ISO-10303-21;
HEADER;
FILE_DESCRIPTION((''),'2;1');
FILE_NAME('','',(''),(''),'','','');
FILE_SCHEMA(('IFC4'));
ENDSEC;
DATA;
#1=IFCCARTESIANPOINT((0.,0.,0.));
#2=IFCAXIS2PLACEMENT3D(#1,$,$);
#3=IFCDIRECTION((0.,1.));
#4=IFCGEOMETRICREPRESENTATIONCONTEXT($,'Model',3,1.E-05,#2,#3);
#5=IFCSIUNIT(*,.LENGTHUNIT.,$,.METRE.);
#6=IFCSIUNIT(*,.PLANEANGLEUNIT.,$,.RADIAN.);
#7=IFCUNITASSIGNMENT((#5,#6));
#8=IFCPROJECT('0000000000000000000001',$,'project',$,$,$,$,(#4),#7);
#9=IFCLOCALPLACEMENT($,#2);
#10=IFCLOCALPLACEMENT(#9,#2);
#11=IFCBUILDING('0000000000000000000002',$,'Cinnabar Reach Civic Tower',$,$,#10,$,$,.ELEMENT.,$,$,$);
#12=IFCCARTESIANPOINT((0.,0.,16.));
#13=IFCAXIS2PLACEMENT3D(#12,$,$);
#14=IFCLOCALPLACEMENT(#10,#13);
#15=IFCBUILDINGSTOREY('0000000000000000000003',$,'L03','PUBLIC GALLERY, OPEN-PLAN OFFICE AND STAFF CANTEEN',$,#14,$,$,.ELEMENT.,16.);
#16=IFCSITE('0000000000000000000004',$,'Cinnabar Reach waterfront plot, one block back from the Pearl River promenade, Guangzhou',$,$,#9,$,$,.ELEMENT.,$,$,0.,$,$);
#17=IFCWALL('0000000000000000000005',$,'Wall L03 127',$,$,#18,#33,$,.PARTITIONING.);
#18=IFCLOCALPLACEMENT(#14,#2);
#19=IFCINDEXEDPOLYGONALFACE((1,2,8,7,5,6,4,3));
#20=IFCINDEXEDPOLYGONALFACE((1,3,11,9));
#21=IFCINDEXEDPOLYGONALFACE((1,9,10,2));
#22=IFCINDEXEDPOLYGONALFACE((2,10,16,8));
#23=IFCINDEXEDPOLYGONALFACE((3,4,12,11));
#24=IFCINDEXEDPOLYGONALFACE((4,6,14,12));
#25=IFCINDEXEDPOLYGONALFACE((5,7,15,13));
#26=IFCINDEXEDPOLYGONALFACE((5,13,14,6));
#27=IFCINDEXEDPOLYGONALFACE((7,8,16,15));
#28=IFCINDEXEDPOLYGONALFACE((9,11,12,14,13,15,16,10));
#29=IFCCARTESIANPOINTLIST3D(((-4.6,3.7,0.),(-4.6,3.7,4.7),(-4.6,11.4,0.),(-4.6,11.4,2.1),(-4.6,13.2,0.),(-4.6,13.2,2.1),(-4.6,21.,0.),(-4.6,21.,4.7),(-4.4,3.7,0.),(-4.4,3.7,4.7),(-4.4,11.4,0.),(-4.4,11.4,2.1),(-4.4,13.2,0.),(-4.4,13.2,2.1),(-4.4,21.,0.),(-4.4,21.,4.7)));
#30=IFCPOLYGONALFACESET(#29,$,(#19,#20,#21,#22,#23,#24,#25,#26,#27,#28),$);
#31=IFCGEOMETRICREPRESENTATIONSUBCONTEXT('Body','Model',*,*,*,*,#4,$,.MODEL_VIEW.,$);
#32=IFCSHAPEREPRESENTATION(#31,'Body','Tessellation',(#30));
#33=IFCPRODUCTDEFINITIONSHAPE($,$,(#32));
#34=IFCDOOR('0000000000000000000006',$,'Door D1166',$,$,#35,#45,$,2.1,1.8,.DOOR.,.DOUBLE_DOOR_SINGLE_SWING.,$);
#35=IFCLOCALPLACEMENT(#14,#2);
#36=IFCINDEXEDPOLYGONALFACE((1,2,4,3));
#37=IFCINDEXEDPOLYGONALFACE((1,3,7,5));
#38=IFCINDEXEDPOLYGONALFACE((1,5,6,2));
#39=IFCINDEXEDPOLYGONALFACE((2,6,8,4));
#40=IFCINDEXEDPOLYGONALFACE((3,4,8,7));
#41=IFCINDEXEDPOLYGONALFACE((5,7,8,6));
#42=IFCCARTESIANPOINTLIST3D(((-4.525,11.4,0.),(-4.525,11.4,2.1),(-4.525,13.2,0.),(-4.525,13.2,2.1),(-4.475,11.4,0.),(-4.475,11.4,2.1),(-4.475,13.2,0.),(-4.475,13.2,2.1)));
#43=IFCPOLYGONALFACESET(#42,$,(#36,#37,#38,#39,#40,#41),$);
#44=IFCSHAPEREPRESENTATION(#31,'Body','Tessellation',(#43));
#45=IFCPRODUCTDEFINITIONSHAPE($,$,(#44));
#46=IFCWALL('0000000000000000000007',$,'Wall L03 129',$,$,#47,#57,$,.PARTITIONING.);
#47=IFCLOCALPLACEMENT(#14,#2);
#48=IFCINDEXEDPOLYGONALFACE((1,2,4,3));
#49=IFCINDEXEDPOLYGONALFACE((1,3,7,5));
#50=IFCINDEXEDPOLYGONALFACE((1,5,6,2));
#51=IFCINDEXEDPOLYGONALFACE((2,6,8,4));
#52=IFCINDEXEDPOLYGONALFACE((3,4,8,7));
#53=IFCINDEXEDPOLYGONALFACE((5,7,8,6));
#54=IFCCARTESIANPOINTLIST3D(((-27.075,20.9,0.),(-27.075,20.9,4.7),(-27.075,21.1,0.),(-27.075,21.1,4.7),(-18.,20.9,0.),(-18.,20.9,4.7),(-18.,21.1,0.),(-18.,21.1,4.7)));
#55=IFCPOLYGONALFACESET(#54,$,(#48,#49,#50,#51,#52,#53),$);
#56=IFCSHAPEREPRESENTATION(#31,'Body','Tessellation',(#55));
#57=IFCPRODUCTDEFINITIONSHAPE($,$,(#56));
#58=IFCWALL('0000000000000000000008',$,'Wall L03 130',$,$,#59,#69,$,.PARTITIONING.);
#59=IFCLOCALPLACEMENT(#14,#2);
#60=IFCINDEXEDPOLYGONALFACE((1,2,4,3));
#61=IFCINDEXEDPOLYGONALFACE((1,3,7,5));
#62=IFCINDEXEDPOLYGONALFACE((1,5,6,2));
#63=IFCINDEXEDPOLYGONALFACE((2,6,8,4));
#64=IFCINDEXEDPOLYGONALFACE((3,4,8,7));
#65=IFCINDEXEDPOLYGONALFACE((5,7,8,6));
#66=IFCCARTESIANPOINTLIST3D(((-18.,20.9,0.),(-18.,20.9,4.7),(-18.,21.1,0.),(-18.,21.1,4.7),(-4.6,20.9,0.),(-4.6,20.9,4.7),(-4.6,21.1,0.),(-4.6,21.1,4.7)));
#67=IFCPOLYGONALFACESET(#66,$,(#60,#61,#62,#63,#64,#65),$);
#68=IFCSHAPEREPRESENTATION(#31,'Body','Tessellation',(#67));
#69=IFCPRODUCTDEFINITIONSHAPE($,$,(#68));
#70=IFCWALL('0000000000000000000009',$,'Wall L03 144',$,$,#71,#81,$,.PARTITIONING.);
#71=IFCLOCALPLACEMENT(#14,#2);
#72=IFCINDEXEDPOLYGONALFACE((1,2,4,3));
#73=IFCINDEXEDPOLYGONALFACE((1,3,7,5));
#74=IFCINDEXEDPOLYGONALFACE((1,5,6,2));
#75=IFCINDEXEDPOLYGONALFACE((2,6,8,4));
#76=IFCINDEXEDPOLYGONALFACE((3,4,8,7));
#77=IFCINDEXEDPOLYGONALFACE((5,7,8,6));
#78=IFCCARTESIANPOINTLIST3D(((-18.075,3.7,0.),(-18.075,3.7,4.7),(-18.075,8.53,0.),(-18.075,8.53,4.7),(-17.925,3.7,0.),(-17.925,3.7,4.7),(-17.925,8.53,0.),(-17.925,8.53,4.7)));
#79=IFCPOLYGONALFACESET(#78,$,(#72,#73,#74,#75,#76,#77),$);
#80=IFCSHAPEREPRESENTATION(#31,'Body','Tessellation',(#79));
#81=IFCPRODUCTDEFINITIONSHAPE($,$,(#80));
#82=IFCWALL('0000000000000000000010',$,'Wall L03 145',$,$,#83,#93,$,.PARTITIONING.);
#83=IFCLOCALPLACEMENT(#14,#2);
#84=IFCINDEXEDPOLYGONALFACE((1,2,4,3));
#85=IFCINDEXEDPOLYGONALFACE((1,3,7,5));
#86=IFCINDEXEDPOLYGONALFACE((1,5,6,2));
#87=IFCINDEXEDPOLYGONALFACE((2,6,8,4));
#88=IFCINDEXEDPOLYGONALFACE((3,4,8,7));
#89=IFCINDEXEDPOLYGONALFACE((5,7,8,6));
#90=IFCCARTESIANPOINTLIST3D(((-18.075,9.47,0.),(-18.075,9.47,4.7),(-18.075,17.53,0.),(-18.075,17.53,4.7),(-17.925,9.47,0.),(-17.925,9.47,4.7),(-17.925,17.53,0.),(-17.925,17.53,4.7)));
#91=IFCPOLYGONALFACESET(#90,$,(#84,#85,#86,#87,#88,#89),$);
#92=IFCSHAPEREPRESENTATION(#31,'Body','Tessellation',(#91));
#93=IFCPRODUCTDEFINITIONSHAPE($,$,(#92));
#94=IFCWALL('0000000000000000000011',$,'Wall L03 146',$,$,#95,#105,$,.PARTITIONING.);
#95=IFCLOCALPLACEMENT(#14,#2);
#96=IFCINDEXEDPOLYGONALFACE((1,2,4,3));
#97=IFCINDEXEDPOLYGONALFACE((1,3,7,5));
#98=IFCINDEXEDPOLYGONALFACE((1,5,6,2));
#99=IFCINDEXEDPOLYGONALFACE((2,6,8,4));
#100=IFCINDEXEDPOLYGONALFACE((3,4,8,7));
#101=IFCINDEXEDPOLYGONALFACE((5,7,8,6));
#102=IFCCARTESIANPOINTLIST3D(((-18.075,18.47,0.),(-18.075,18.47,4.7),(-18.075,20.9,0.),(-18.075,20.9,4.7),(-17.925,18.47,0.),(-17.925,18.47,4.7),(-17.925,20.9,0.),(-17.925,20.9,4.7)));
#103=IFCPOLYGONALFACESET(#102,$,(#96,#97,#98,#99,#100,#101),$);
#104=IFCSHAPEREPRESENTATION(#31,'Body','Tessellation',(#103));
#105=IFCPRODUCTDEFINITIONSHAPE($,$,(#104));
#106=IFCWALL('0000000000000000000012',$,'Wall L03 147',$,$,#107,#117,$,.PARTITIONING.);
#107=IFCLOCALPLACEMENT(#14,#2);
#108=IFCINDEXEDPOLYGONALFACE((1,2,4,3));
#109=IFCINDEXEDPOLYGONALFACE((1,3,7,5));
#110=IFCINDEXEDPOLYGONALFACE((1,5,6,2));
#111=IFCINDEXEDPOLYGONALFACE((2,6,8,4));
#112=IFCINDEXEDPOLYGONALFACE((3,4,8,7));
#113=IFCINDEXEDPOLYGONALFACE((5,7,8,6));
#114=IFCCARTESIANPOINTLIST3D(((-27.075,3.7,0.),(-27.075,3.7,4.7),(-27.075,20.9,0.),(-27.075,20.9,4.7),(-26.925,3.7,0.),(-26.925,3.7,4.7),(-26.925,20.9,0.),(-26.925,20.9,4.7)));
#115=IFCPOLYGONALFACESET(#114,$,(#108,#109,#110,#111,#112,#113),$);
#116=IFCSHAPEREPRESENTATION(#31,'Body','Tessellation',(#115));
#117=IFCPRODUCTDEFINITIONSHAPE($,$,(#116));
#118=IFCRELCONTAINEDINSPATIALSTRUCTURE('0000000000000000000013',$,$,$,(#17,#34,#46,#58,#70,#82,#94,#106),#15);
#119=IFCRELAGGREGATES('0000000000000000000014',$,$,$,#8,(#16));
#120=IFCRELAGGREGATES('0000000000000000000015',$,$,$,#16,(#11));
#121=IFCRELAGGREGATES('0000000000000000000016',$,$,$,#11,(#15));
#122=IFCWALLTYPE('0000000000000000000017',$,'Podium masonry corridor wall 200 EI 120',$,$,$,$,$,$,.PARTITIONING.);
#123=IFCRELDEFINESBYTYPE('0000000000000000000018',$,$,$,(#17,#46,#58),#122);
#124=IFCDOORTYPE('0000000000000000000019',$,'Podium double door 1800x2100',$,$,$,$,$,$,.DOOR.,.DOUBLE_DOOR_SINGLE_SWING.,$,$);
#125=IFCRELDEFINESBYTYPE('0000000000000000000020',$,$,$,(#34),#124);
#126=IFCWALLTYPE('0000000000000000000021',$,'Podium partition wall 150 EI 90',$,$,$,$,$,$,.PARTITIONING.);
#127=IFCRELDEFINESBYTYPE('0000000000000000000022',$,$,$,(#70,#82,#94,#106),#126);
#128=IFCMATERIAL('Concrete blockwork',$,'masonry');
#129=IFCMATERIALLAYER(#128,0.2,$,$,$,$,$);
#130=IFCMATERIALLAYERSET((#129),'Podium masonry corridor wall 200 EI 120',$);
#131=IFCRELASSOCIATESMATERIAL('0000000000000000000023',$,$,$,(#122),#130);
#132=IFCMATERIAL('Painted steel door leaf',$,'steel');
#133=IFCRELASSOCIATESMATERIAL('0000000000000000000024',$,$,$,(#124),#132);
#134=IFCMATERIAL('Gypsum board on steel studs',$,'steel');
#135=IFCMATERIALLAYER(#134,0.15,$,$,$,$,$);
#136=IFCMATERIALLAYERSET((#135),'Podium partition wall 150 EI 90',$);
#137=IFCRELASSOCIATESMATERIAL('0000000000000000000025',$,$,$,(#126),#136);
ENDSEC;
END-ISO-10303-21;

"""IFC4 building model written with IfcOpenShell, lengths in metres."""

from ifc_helpers import new_model, si_unit, direction, frame, frame_2d, origin, place, context, subcontext, project, spatial, rectangle, extrude, material, layer, layer_set, type_object, element, fill, save


model = new_model("IFC4")

# Units and contexts
model_context = context("Model", 3, precision=1e-05, world=origin(), true_north=direction((0.0, 1.0)))
body_context = subcontext(model_context, "Body", "Model", "MODEL_VIEW")
ifc_project = project(units=[si_unit("LENGTHUNIT", "METRE"), si_unit("PLANEANGLEUNIT", "RADIAN")], contexts=[model_context])

# Site, building, storey
site_placement = place(None, origin())
site = spatial("IfcSite", under=ifc_project, at=site_placement, Name="Cinnabar Reach waterfront plot, one block back from the Pearl River promenade, Guangzhou", CompositionType="ELEMENT", RefElevation=0.0)
building_placement = place(site_placement, origin())
building = spatial("IfcBuilding", under=site, at=building_placement, Name="Cinnabar Reach Civic Tower", CompositionType="ELEMENT")
storey_placement = place(building_placement, frame((0.0, 0.0, 16.0)))
storey = spatial("IfcBuildingStorey", under=building, at=storey_placement, Name="L03", Description="PUBLIC GALLERY, OPEN-PLAN OFFICE AND STAFF CANTEEN", CompositionType="ELEMENT", Elevation=16.0)

# Shared definitions
ifc_material_1 = material(Name="Concrete blockwork", Category="masonry")
ifc_layer_1 = layer(ifc_material_1, 0.2)
ifc_layer_set_1 = layer_set([ifc_layer_1], Name="Podium masonry corridor wall 200 EI 120")
wall_type_1 = type_object("IfcWallType", Name="Podium masonry corridor wall 200 EI 120", PredefinedType="PARTITIONING", material=ifc_layer_set_1)

# Shared definitions
ifc_material_2 = material(Name="Painted steel door leaf", Category="steel")

# Wall, opening, door
wall_1_placement = place(storey_placement, frame((-4.5, 3.7, 0.0), z_axis=(0.0, 0.0, 1.0), x_axis=(0.0, 1.0, 0.0)))
wall_1 = element("IfcWall", 1, at=wall_1_placement, inside=storey, type_object=wall_type_1, Name="Wall L03 127", PredefinedType="PARTITIONING", context=body_context, shape_type="SweptSolid", body=[
    extrude(rectangle(XDim=17.3, YDim=0.2, at=frame_2d((8.65, 0.0))), origin(), (0.0, 0.0, 1.0), 4.7),
])
opening_1_placement = place(wall_1_placement, frame((7.7, 0.0, 0.0)))
opening_1 = element("IfcOpeningElement", 2, at=opening_1_placement, cuts=wall_1, PredefinedType="OPENING", context=body_context, shape_type="SweptSolid", body=[
    extrude(rectangle(XDim=1.8, YDim=2.1, at=frame_2d((0.9, 1.05))), frame((0.0, 0.11, 0.0), z_axis=(0.0, -1.0, 0.0), x_axis=(1.0, 0.0, 0.0)), (0.0, 0.0, 1.0), 0.22),
])
door_type_1 = type_object("IfcDoorType", Name="Podium double door 1800x2100", OperationType="DOUBLE_DOOR_SINGLE_SWING", PredefinedType="DOOR", material=ifc_material_2)
door_1_placement = place(opening_1_placement, origin())
door_1 = element("IfcDoor", 3, at=door_1_placement, inside=storey, type_object=door_type_1, Name="Door D1166", OperationType="DOUBLE_DOOR_SINGLE_SWING", OverallHeight=2.1, OverallWidth=1.8, PredefinedType="DOOR", context=body_context, shape_type="SweptSolid", body=[
    extrude(rectangle(XDim=1.8, YDim=2.1, at=frame_2d((0.9, 1.05))), frame((0.0, 0.025, 0.0), z_axis=(0.0, -1.0, 0.0), x_axis=(1.0, 0.0, 0.0)), (0.0, 0.0, 1.0), 0.05),
])
fill(opening_1, door_1)

# Walls
wall_2_placement = place(storey_placement, frame((-27.075, 21.0, 0.0), z_axis=(0.0, 0.0, 1.0), x_axis=(1.0, 0.0, 0.0)))
element("IfcWall", 4, at=wall_2_placement, inside=storey, type_object=wall_type_1, Name="Wall L03 129", PredefinedType="PARTITIONING", context=body_context, shape_type="SweptSolid", body=[
    extrude(rectangle(XDim=9.075, YDim=0.2, at=frame_2d((4.5375, 0.0))), origin(), (0.0, 0.0, 1.0), 4.7),
])
wall_3_placement = place(storey_placement, frame((-18.0, 21.0, 0.0), z_axis=(0.0, 0.0, 1.0), x_axis=(1.0, 0.0, 0.0)))
element("IfcWall", 5, at=wall_3_placement, inside=storey, type_object=wall_type_1, Name="Wall L03 130", PredefinedType="PARTITIONING", context=body_context, shape_type="SweptSolid", body=[
    extrude(rectangle(XDim=13.4, YDim=0.2, at=frame_2d((6.7, 0.0))), origin(), (0.0, 0.0, 1.0), 4.7),
])
ifc_material_3 = material(Name="Gypsum board on steel studs", Category="steel")
ifc_layer_2 = layer(ifc_material_3, 0.15)
ifc_layer_set_2 = layer_set([ifc_layer_2], Name="Podium partition wall 150 EI 90")
wall_type_2 = type_object("IfcWallType", Name="Podium partition wall 150 EI 90", PredefinedType="PARTITIONING", material=ifc_layer_set_2)
wall_4_placement = place(storey_placement, frame((-18.0, 3.7, 0.0), z_axis=(0.0, 0.0, 1.0), x_axis=(0.0, 1.0, 0.0)))
element("IfcWall", 6, at=wall_4_placement, inside=storey, type_object=wall_type_2, Name="Wall L03 144", PredefinedType="PARTITIONING", context=body_context, shape_type="SweptSolid", body=[
    extrude(rectangle(XDim=4.83, YDim=0.15, at=frame_2d((2.415, 0.0))), origin(), (0.0, 0.0, 1.0), 4.7),
])
wall_5_placement = place(storey_placement, frame((-18.0, 9.47, 0.0), z_axis=(0.0, 0.0, 1.0), x_axis=(0.0, 1.0, 0.0)))
element("IfcWall", 7, at=wall_5_placement, inside=storey, type_object=wall_type_2, Name="Wall L03 145", PredefinedType="PARTITIONING", context=body_context, shape_type="SweptSolid", body=[
    extrude(rectangle(XDim=8.06, YDim=0.15, at=frame_2d((4.03, 0.0))), origin(), (0.0, 0.0, 1.0), 4.7),
])
wall_6_placement = place(storey_placement, frame((-18.0, 18.47, 0.0), z_axis=(0.0, 0.0, 1.0), x_axis=(0.0, 1.0, 0.0)))
element("IfcWall", 8, at=wall_6_placement, inside=storey, type_object=wall_type_2, Name="Wall L03 146", PredefinedType="PARTITIONING", context=body_context, shape_type="SweptSolid", body=[
    extrude(rectangle(XDim=2.43, YDim=0.15, at=frame_2d((1.215, 0.0))), origin(), (0.0, 0.0, 1.0), 4.7),
])
wall_7_placement = place(storey_placement, frame((-27.0, 3.7, 0.0), z_axis=(0.0, 0.0, 1.0), x_axis=(0.0, 1.0, 0.0)))
element("IfcWall", 9, at=wall_7_placement, inside=storey, type_object=wall_type_2, Name="Wall L03 147", PredefinedType="PARTITIONING", context=body_context, shape_type="SweptSolid", body=[
    extrude(rectangle(XDim=17.2, YDim=0.15, at=frame_2d((8.6, 0.0))), origin(), (0.0, 0.0, 1.0), 4.7),
])

save(model, "model.ifc")
